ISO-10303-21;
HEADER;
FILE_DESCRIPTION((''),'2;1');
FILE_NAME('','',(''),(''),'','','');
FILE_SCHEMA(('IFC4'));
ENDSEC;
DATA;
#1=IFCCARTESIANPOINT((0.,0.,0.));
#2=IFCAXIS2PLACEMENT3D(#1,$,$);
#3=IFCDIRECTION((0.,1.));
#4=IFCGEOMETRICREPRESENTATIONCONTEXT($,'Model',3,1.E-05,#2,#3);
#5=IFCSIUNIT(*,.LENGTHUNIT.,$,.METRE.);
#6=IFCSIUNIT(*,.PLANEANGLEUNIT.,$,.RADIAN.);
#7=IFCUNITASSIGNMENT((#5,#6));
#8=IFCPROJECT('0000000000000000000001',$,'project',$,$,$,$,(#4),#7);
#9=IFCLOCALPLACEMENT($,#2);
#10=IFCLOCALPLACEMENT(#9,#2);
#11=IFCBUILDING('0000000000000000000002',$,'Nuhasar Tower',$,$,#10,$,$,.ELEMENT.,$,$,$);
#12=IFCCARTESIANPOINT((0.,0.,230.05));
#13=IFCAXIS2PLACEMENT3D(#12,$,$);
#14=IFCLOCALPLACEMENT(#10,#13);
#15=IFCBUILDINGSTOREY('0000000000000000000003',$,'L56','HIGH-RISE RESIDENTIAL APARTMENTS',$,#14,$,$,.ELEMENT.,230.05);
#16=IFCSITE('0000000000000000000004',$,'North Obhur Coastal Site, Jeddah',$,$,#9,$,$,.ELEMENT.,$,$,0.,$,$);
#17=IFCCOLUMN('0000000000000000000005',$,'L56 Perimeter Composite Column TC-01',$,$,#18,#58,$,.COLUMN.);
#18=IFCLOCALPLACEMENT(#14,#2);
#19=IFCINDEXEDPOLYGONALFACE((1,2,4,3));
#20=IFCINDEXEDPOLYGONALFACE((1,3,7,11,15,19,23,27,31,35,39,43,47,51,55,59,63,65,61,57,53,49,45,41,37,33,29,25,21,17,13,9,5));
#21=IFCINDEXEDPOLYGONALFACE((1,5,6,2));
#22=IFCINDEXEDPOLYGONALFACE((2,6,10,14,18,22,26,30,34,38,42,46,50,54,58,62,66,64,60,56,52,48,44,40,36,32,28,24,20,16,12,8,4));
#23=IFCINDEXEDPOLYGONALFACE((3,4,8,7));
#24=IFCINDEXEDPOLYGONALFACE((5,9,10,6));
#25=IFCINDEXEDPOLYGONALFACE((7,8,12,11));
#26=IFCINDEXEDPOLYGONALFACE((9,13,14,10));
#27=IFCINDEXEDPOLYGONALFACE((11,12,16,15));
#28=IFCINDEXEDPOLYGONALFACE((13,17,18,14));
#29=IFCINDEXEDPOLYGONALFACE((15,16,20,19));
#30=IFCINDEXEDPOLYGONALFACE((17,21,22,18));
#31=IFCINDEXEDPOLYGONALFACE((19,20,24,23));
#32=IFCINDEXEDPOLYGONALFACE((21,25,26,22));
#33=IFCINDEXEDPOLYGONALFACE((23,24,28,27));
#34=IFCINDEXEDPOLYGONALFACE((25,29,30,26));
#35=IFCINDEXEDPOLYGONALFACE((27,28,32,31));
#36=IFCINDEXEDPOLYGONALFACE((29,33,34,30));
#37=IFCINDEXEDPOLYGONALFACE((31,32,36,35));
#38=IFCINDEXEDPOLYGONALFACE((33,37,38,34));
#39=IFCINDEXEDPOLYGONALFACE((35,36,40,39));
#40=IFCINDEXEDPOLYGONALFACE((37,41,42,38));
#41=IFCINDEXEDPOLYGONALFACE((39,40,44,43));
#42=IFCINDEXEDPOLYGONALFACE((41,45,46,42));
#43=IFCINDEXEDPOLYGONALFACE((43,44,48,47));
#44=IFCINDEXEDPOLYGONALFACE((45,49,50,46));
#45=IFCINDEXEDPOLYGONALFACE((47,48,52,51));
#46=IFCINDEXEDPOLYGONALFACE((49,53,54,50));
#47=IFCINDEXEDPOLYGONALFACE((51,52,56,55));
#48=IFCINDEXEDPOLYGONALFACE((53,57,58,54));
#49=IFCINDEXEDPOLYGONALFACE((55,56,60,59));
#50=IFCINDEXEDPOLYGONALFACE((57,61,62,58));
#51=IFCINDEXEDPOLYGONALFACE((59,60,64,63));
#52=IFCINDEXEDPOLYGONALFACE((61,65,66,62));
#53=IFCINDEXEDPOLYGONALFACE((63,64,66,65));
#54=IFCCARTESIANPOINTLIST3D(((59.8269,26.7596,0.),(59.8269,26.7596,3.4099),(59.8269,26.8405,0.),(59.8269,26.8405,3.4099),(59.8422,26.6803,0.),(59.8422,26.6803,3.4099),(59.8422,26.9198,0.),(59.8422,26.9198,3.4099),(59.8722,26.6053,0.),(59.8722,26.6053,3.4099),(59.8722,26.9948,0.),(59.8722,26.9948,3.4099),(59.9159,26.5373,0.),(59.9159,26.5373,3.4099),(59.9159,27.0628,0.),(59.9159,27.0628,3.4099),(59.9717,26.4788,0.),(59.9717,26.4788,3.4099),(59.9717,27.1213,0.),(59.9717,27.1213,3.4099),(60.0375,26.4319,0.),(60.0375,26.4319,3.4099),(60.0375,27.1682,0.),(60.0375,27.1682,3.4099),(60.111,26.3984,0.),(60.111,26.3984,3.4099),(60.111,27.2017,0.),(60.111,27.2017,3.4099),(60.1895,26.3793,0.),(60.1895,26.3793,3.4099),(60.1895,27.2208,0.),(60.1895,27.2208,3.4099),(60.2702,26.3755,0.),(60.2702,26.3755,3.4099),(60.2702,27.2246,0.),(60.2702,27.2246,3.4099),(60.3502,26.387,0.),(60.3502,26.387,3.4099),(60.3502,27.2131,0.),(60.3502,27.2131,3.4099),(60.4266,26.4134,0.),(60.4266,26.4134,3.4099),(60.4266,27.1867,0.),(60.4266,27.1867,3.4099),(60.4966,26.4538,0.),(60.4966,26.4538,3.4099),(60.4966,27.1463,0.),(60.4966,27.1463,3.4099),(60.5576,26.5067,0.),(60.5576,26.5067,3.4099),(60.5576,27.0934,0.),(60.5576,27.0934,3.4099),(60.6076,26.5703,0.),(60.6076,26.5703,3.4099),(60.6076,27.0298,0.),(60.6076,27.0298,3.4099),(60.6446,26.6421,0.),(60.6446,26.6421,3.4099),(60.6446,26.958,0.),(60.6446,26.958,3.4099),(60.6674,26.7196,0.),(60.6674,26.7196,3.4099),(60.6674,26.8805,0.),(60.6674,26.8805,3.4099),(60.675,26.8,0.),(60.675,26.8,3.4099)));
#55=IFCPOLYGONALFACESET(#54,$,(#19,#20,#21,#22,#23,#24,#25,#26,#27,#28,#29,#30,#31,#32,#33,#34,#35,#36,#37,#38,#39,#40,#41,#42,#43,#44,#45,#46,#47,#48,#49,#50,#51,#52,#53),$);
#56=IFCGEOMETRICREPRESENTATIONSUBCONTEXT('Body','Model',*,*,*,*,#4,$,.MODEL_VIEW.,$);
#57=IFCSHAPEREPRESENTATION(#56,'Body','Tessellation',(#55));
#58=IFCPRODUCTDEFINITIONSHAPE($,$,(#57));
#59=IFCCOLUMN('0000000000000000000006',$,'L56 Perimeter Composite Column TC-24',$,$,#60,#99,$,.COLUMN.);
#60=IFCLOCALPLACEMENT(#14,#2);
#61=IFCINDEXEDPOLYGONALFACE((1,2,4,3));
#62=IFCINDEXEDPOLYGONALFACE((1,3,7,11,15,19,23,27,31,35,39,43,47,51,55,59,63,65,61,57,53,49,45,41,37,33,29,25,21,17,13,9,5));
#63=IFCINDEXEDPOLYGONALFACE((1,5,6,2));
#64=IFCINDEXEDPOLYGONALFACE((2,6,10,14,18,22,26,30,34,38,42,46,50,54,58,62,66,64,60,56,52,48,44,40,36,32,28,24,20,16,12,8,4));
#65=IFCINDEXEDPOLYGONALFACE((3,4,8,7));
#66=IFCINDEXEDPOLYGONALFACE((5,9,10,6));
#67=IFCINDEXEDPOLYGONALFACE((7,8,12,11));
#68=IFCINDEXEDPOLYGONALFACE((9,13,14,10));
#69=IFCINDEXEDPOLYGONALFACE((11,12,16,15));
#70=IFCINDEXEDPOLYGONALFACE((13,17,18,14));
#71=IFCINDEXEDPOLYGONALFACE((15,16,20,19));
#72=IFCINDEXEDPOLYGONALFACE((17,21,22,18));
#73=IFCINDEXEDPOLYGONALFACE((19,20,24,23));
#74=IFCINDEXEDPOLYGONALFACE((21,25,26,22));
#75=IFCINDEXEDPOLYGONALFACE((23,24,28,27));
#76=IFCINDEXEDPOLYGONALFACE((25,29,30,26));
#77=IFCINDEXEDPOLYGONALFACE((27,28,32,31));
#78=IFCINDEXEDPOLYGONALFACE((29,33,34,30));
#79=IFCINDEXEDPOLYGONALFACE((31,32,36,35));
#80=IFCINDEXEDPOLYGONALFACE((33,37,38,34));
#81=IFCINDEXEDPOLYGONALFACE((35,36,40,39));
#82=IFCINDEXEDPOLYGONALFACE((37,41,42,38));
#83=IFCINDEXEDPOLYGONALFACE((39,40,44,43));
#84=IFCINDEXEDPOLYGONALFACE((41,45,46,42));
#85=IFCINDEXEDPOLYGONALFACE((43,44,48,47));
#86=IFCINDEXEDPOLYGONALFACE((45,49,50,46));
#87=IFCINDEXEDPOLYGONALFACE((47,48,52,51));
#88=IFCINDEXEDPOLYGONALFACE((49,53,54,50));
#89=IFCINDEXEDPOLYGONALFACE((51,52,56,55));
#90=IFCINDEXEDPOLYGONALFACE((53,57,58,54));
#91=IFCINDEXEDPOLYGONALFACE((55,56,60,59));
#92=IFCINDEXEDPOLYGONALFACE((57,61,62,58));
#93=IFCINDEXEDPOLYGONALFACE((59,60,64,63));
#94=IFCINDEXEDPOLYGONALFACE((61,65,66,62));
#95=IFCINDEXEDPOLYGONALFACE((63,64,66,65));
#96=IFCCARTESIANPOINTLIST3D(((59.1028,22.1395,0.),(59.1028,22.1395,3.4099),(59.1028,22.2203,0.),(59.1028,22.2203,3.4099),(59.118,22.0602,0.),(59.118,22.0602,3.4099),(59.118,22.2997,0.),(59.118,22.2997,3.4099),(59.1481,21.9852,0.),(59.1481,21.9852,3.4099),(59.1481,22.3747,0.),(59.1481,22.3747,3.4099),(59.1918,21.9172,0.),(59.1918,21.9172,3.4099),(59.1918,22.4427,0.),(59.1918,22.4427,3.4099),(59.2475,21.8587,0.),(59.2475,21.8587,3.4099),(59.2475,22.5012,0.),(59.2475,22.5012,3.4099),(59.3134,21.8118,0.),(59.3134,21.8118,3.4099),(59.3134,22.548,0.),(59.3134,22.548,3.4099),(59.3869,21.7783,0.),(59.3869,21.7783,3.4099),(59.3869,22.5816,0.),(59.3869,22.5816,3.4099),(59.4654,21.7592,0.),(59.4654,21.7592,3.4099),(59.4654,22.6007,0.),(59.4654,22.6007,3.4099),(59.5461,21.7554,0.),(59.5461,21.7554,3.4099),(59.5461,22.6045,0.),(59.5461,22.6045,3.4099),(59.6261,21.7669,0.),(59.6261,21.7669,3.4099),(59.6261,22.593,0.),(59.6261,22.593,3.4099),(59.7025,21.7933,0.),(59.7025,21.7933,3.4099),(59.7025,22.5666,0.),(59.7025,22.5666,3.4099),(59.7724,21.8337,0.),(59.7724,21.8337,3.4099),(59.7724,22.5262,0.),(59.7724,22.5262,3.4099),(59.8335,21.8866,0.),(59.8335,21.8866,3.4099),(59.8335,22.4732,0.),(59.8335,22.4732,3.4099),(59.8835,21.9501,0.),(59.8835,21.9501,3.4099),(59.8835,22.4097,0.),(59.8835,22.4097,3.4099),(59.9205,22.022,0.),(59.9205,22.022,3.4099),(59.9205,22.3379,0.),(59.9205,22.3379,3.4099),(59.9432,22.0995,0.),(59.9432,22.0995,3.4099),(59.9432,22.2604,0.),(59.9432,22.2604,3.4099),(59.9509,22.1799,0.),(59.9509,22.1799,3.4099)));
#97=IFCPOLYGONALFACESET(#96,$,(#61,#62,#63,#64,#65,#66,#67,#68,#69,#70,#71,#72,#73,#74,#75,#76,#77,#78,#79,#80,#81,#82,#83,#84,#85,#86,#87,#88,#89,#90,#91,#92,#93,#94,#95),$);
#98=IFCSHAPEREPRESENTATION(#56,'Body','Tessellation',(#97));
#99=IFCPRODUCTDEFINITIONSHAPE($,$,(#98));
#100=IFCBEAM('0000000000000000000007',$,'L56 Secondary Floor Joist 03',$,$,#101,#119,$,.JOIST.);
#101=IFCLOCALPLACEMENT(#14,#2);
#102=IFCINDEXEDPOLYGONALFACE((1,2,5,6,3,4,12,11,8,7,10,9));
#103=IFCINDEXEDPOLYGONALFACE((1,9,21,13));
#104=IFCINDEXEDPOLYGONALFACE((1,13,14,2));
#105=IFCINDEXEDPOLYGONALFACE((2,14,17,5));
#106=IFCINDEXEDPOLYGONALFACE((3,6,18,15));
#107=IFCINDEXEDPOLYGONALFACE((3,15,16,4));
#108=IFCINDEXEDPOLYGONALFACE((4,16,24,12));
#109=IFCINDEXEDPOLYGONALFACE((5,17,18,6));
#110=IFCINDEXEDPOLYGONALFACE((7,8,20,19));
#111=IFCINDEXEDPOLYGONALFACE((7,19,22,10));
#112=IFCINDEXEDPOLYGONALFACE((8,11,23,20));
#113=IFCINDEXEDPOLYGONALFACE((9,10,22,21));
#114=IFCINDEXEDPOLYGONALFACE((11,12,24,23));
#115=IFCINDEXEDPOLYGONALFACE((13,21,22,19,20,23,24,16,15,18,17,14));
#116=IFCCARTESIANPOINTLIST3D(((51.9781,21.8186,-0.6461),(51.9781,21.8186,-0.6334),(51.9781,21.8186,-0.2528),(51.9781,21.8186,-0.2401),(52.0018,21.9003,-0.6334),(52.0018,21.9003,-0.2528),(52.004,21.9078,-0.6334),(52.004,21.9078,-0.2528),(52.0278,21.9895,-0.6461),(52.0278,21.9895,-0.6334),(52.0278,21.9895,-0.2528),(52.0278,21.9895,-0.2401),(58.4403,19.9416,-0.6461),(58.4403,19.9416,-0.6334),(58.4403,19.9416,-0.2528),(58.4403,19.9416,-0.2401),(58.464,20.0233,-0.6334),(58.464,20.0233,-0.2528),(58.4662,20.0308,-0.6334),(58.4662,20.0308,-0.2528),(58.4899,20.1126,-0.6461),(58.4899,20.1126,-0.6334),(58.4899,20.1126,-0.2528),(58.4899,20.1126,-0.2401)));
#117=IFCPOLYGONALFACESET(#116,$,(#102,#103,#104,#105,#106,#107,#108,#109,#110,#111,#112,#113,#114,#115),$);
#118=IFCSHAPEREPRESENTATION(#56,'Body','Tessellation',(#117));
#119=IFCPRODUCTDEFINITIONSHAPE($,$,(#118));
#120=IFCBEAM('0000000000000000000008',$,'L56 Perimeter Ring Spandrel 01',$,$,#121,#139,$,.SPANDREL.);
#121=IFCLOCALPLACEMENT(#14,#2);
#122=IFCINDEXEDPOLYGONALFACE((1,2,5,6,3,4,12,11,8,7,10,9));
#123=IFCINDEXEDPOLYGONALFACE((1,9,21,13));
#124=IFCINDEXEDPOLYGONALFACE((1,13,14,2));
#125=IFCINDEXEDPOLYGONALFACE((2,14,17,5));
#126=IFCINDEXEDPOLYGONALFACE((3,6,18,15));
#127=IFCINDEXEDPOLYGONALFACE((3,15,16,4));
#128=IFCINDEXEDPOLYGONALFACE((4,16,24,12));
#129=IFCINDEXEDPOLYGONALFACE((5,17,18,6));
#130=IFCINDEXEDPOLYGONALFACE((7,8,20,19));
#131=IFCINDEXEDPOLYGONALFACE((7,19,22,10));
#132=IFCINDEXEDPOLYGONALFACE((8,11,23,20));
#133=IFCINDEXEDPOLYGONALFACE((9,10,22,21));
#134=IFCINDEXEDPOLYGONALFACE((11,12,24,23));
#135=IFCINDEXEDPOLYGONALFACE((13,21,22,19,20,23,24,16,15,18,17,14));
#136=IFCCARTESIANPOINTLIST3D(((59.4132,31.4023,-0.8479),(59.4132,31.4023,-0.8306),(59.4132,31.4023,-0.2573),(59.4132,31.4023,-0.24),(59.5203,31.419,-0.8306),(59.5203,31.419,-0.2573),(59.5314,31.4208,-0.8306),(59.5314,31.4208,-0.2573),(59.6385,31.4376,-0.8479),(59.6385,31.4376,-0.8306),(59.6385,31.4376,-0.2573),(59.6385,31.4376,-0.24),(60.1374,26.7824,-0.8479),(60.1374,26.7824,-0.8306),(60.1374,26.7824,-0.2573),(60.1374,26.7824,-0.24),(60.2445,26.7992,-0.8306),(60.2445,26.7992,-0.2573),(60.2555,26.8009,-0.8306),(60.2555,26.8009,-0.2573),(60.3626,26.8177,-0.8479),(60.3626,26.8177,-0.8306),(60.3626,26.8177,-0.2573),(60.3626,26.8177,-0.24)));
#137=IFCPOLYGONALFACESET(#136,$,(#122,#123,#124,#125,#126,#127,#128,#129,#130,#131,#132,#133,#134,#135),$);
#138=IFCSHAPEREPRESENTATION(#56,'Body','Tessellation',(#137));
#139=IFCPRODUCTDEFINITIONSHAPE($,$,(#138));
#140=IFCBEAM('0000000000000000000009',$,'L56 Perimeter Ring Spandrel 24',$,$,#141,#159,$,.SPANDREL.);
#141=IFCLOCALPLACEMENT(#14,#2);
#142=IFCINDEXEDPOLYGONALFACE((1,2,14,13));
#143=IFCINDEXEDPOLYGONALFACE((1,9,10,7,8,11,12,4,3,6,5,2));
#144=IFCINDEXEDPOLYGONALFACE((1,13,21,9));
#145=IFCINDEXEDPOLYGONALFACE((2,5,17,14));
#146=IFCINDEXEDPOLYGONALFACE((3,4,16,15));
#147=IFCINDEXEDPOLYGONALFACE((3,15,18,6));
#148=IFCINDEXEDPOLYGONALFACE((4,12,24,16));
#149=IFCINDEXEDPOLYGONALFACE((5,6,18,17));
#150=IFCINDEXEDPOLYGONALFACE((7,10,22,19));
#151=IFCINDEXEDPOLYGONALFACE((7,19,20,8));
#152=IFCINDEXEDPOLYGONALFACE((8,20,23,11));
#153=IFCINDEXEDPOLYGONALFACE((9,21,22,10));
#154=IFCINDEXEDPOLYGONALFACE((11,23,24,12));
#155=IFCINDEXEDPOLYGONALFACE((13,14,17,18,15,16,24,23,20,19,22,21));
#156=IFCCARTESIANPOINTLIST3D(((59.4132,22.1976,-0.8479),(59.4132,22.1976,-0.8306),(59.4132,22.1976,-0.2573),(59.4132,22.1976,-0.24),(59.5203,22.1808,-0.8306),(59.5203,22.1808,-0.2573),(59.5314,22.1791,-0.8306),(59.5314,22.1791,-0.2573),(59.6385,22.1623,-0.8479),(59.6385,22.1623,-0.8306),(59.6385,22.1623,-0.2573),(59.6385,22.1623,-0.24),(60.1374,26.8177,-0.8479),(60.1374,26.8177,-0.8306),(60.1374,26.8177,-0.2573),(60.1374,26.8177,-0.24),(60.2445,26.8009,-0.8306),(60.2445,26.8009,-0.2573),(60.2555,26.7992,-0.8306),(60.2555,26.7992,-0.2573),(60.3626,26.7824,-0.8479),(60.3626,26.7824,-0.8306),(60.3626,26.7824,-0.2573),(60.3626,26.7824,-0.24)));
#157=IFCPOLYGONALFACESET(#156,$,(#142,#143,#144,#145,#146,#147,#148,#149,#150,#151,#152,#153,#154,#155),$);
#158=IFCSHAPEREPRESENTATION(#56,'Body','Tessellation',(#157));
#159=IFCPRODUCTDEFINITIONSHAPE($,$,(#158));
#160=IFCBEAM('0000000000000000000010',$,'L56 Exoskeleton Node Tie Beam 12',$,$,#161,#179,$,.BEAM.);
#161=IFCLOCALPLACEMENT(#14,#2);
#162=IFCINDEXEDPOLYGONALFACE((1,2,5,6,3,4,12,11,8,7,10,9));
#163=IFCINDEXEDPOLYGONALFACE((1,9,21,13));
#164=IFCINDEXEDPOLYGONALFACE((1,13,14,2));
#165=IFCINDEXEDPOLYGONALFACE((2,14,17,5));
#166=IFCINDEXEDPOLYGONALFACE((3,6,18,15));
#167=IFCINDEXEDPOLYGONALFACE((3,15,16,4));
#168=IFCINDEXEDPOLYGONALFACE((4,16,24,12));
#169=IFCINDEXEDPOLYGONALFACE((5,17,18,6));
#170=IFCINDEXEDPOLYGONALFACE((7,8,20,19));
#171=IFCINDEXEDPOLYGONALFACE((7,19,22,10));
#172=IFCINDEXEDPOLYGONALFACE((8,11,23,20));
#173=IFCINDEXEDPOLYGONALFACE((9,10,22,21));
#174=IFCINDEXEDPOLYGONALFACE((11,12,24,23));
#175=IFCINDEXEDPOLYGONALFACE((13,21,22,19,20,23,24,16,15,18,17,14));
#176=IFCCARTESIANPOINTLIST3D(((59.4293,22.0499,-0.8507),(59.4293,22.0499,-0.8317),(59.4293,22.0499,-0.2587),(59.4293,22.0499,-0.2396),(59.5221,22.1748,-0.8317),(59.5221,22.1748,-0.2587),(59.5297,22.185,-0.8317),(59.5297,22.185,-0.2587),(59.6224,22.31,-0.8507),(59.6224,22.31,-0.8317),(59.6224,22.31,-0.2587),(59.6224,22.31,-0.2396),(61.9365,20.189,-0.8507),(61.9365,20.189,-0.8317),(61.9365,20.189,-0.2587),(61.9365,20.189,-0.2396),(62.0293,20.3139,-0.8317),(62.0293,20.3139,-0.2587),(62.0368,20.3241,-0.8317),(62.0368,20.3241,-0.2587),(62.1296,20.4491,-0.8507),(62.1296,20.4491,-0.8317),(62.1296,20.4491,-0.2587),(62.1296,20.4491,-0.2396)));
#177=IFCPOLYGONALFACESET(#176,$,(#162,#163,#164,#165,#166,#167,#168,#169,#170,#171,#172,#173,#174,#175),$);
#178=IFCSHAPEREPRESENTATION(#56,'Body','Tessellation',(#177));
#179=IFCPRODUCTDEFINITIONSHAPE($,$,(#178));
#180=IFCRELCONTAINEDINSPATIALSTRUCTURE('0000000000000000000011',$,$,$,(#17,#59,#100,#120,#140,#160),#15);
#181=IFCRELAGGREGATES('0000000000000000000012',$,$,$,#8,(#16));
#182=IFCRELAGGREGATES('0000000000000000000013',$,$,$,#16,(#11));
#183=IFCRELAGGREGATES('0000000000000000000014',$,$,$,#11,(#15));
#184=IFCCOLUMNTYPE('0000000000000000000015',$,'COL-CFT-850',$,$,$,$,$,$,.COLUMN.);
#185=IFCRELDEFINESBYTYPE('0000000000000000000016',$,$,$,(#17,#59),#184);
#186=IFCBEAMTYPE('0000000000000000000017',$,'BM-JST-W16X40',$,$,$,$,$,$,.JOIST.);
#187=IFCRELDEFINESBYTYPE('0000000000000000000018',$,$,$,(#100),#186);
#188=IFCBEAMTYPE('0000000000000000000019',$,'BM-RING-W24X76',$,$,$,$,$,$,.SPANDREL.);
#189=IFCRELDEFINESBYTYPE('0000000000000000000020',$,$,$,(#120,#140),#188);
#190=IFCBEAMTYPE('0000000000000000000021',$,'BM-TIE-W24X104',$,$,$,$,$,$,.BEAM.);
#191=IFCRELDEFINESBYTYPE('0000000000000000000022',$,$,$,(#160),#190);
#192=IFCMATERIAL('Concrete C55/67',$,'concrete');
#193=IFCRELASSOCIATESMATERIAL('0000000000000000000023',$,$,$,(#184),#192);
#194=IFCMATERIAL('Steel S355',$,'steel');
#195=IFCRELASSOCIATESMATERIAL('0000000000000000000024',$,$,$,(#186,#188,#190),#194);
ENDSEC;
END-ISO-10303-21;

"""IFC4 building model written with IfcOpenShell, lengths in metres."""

from ifc_helpers import new_model, si_unit, direction, frame, origin, origin_2d, place, context, subcontext, project, spatial, circle, i_section, extrude, material, material_profile, profile_set, type_object, element, save


model = new_model("IFC4")

# Units and contexts
model_context = context("Model", 3, precision=1e-05, world=origin(), true_north=direction((0.0, 1.0)))
body_context = subcontext(model_context, "Body", "Model", "MODEL_VIEW")
ifc_project = project(units=[si_unit("LENGTHUNIT", "METRE"), si_unit("PLANEANGLEUNIT", "RADIAN")], contexts=[model_context])

# Site, building, storey
site_placement = place(None, origin())
site = spatial("IfcSite", under=ifc_project, at=site_placement, Name="North Obhur Coastal Site, Jeddah", CompositionType="ELEMENT", RefElevation=0.0)
building_placement = place(site_placement, origin())
building = spatial("IfcBuilding", under=site, at=building_placement, Name="Nuhasar Tower", CompositionType="ELEMENT")
storey_placement = place(building_placement, frame((0.0, 0.0, 230.05)))
storey = spatial("IfcBuildingStorey", under=building, at=storey_placement, Name="L56", Description="HIGH-RISE RESIDENTIAL APARTMENTS", CompositionType="ELEMENT", Elevation=230.05)

# Columns
ifc_material_1 = material(Name="Concrete C55/67", Category="concrete")
ifc_material_profile_1 = material_profile(ifc_material_1, circle(Radius=0.425, at=origin_2d()), Name="CFT850")
ifc_profile_set_1 = profile_set([ifc_material_profile_1], Name="Concrete C55/67")
column_type = type_object("IfcColumnType", Name="COL-CFT-850", PredefinedType="COLUMN", material=ifc_profile_set_1)
for number, where, z_axis, x_axis, name in (
    (1, (60.25, 26.8, 0.0), (0.0, 0.0, 1.0), (1.0, 0.0, 0.0), "L56 Perimeter Composite Column TC-01"),
    (2, (59.5259, 22.1799, 0.0), (0.0, 0.0, 1.0), (1.0, 0.0, 0.0), "L56 Perimeter Composite Column TC-24"),
):
    element("IfcColumn", number, at=place(storey_placement, frame(where, z_axis=z_axis, x_axis=x_axis)), inside=storey, type_object=column_type, Name=name, PredefinedType="COLUMN", context=body_context, shape_type="SweptSolid", body=[
        extrude(circle(Radius=0.425, at=origin_2d()), origin(), (0.0, 0.0, 1.0), 3.4099),
    ])

# Beams
ifc_material_2 = material(Name="Steel S355", Category="steel")
ifc_material_profile_2 = material_profile(ifc_material_2, i_section(OverallWidth=0.178, OverallDepth=0.406, WebThickness=0.0078, FlangeThickness=0.0127, at=origin_2d()), Name="W16X40")
ifc_profile_set_2 = profile_set([ifc_material_profile_2], Name="Steel S355")
beam_type_1 = type_object("IfcBeamType", Name="BM-JST-W16X40", PredefinedType="JOIST", material=ifc_profile_set_2)
beam_1_placement = place(storey_placement, frame((52.0029, 21.9041, -0.4431), z_axis=(0.960313, -0.278926, 0.0), x_axis=(0.278926, 0.960313, 0.0)))
element("IfcBeam", 3, at=beam_1_placement, inside=storey, type_object=beam_type_1, Name="L56 Secondary Floor Joist 03", PredefinedType="JOIST", context=body_context, shape_type="SweptSolid", body=[
    extrude(i_section(OverallWidth=0.178, OverallDepth=0.406, WebThickness=0.0078, FlangeThickness=0.0127, at=origin_2d()), origin(), (0.0, 0.0, 1.0), 6.7292),
])
ifc_material_profile_3 = material_profile(ifc_material_2, i_section(OverallWidth=0.228, OverallDepth=0.6079, WebThickness=0.0112, FlangeThickness=0.0173, at=origin_2d()), Name="W24X76")
ifc_profile_set_3 = profile_set([ifc_material_profile_3], Name="Steel S355")
beam_type_2 = type_object("IfcBeamType", Name="BM-RING-W24X76", PredefinedType="SPANDREL", material=ifc_profile_set_3)
beam_2_placement = place(storey_placement, frame((60.25, 26.8, -0.5439), z_axis=(-0.15485, 0.987938, 0.0), x_axis=(-0.987938, -0.15485, 0.0)))
element("IfcBeam", 4, at=beam_2_placement, inside=storey, type_object=beam_type_2, Name="L56 Perimeter Ring Spandrel 01", PredefinedType="SPANDREL", context=body_context, shape_type="SweptSolid", body=[
    extrude(i_section(OverallWidth=0.228, OverallDepth=0.6079, WebThickness=0.0112, FlangeThickness=0.0173, at=origin_2d()), origin(), (0.0, 0.0, 1.0), 4.6763),
])
beam_3_placement = place(storey_placement, frame((59.5259, 22.1799, -0.5439), z_axis=(0.154842, 0.987939, 0.0), x_axis=(-0.987939, 0.154842, 0.0)))
element("IfcBeam", 5, at=beam_3_placement, inside=storey, type_object=beam_type_2, Name="L56 Perimeter Ring Spandrel 24", PredefinedType="SPANDREL", context=body_context, shape_type="SweptSolid", body=[
    extrude(i_section(OverallWidth=0.228, OverallDepth=0.6079, WebThickness=0.0112, FlangeThickness=0.0173, at=origin_2d()), origin(), (0.0, 0.0, 1.0), 4.6765),
])
ifc_material_profile_4 = material_profile(ifc_material_2, i_section(OverallWidth=0.324, OverallDepth=0.6111, WebThickness=0.0127, FlangeThickness=0.019, at=origin_2d()), Name="W24X104")
ifc_profile_set_4 = profile_set([ifc_material_profile_4], Name="Steel S355")
beam_type_3 = type_object("IfcBeamType", Name="BM-TIE-W24X104", PredefinedType="BEAM", material=ifc_profile_set_4)
beam_4_placement = place(storey_placement, frame((59.5259, 22.1799, -0.5452), z_axis=(0.802983, -0.596001, 0.0), x_axis=(0.596001, 0.802983, 0.0)))
element("IfcBeam", 6, at=beam_4_placement, inside=storey, type_object=beam_type_3, Name="L56 Exoskeleton Node Tie Beam 12", PredefinedType="BEAM", context=body_context, shape_type="SweptSolid", body=[
    extrude(i_section(OverallWidth=0.324, OverallDepth=0.6111, WebThickness=0.0127, FlangeThickness=0.019, at=origin_2d()), origin(), (0.0, 0.0, 1.0), 3.1223),
])

save(model, "model.ifc")
